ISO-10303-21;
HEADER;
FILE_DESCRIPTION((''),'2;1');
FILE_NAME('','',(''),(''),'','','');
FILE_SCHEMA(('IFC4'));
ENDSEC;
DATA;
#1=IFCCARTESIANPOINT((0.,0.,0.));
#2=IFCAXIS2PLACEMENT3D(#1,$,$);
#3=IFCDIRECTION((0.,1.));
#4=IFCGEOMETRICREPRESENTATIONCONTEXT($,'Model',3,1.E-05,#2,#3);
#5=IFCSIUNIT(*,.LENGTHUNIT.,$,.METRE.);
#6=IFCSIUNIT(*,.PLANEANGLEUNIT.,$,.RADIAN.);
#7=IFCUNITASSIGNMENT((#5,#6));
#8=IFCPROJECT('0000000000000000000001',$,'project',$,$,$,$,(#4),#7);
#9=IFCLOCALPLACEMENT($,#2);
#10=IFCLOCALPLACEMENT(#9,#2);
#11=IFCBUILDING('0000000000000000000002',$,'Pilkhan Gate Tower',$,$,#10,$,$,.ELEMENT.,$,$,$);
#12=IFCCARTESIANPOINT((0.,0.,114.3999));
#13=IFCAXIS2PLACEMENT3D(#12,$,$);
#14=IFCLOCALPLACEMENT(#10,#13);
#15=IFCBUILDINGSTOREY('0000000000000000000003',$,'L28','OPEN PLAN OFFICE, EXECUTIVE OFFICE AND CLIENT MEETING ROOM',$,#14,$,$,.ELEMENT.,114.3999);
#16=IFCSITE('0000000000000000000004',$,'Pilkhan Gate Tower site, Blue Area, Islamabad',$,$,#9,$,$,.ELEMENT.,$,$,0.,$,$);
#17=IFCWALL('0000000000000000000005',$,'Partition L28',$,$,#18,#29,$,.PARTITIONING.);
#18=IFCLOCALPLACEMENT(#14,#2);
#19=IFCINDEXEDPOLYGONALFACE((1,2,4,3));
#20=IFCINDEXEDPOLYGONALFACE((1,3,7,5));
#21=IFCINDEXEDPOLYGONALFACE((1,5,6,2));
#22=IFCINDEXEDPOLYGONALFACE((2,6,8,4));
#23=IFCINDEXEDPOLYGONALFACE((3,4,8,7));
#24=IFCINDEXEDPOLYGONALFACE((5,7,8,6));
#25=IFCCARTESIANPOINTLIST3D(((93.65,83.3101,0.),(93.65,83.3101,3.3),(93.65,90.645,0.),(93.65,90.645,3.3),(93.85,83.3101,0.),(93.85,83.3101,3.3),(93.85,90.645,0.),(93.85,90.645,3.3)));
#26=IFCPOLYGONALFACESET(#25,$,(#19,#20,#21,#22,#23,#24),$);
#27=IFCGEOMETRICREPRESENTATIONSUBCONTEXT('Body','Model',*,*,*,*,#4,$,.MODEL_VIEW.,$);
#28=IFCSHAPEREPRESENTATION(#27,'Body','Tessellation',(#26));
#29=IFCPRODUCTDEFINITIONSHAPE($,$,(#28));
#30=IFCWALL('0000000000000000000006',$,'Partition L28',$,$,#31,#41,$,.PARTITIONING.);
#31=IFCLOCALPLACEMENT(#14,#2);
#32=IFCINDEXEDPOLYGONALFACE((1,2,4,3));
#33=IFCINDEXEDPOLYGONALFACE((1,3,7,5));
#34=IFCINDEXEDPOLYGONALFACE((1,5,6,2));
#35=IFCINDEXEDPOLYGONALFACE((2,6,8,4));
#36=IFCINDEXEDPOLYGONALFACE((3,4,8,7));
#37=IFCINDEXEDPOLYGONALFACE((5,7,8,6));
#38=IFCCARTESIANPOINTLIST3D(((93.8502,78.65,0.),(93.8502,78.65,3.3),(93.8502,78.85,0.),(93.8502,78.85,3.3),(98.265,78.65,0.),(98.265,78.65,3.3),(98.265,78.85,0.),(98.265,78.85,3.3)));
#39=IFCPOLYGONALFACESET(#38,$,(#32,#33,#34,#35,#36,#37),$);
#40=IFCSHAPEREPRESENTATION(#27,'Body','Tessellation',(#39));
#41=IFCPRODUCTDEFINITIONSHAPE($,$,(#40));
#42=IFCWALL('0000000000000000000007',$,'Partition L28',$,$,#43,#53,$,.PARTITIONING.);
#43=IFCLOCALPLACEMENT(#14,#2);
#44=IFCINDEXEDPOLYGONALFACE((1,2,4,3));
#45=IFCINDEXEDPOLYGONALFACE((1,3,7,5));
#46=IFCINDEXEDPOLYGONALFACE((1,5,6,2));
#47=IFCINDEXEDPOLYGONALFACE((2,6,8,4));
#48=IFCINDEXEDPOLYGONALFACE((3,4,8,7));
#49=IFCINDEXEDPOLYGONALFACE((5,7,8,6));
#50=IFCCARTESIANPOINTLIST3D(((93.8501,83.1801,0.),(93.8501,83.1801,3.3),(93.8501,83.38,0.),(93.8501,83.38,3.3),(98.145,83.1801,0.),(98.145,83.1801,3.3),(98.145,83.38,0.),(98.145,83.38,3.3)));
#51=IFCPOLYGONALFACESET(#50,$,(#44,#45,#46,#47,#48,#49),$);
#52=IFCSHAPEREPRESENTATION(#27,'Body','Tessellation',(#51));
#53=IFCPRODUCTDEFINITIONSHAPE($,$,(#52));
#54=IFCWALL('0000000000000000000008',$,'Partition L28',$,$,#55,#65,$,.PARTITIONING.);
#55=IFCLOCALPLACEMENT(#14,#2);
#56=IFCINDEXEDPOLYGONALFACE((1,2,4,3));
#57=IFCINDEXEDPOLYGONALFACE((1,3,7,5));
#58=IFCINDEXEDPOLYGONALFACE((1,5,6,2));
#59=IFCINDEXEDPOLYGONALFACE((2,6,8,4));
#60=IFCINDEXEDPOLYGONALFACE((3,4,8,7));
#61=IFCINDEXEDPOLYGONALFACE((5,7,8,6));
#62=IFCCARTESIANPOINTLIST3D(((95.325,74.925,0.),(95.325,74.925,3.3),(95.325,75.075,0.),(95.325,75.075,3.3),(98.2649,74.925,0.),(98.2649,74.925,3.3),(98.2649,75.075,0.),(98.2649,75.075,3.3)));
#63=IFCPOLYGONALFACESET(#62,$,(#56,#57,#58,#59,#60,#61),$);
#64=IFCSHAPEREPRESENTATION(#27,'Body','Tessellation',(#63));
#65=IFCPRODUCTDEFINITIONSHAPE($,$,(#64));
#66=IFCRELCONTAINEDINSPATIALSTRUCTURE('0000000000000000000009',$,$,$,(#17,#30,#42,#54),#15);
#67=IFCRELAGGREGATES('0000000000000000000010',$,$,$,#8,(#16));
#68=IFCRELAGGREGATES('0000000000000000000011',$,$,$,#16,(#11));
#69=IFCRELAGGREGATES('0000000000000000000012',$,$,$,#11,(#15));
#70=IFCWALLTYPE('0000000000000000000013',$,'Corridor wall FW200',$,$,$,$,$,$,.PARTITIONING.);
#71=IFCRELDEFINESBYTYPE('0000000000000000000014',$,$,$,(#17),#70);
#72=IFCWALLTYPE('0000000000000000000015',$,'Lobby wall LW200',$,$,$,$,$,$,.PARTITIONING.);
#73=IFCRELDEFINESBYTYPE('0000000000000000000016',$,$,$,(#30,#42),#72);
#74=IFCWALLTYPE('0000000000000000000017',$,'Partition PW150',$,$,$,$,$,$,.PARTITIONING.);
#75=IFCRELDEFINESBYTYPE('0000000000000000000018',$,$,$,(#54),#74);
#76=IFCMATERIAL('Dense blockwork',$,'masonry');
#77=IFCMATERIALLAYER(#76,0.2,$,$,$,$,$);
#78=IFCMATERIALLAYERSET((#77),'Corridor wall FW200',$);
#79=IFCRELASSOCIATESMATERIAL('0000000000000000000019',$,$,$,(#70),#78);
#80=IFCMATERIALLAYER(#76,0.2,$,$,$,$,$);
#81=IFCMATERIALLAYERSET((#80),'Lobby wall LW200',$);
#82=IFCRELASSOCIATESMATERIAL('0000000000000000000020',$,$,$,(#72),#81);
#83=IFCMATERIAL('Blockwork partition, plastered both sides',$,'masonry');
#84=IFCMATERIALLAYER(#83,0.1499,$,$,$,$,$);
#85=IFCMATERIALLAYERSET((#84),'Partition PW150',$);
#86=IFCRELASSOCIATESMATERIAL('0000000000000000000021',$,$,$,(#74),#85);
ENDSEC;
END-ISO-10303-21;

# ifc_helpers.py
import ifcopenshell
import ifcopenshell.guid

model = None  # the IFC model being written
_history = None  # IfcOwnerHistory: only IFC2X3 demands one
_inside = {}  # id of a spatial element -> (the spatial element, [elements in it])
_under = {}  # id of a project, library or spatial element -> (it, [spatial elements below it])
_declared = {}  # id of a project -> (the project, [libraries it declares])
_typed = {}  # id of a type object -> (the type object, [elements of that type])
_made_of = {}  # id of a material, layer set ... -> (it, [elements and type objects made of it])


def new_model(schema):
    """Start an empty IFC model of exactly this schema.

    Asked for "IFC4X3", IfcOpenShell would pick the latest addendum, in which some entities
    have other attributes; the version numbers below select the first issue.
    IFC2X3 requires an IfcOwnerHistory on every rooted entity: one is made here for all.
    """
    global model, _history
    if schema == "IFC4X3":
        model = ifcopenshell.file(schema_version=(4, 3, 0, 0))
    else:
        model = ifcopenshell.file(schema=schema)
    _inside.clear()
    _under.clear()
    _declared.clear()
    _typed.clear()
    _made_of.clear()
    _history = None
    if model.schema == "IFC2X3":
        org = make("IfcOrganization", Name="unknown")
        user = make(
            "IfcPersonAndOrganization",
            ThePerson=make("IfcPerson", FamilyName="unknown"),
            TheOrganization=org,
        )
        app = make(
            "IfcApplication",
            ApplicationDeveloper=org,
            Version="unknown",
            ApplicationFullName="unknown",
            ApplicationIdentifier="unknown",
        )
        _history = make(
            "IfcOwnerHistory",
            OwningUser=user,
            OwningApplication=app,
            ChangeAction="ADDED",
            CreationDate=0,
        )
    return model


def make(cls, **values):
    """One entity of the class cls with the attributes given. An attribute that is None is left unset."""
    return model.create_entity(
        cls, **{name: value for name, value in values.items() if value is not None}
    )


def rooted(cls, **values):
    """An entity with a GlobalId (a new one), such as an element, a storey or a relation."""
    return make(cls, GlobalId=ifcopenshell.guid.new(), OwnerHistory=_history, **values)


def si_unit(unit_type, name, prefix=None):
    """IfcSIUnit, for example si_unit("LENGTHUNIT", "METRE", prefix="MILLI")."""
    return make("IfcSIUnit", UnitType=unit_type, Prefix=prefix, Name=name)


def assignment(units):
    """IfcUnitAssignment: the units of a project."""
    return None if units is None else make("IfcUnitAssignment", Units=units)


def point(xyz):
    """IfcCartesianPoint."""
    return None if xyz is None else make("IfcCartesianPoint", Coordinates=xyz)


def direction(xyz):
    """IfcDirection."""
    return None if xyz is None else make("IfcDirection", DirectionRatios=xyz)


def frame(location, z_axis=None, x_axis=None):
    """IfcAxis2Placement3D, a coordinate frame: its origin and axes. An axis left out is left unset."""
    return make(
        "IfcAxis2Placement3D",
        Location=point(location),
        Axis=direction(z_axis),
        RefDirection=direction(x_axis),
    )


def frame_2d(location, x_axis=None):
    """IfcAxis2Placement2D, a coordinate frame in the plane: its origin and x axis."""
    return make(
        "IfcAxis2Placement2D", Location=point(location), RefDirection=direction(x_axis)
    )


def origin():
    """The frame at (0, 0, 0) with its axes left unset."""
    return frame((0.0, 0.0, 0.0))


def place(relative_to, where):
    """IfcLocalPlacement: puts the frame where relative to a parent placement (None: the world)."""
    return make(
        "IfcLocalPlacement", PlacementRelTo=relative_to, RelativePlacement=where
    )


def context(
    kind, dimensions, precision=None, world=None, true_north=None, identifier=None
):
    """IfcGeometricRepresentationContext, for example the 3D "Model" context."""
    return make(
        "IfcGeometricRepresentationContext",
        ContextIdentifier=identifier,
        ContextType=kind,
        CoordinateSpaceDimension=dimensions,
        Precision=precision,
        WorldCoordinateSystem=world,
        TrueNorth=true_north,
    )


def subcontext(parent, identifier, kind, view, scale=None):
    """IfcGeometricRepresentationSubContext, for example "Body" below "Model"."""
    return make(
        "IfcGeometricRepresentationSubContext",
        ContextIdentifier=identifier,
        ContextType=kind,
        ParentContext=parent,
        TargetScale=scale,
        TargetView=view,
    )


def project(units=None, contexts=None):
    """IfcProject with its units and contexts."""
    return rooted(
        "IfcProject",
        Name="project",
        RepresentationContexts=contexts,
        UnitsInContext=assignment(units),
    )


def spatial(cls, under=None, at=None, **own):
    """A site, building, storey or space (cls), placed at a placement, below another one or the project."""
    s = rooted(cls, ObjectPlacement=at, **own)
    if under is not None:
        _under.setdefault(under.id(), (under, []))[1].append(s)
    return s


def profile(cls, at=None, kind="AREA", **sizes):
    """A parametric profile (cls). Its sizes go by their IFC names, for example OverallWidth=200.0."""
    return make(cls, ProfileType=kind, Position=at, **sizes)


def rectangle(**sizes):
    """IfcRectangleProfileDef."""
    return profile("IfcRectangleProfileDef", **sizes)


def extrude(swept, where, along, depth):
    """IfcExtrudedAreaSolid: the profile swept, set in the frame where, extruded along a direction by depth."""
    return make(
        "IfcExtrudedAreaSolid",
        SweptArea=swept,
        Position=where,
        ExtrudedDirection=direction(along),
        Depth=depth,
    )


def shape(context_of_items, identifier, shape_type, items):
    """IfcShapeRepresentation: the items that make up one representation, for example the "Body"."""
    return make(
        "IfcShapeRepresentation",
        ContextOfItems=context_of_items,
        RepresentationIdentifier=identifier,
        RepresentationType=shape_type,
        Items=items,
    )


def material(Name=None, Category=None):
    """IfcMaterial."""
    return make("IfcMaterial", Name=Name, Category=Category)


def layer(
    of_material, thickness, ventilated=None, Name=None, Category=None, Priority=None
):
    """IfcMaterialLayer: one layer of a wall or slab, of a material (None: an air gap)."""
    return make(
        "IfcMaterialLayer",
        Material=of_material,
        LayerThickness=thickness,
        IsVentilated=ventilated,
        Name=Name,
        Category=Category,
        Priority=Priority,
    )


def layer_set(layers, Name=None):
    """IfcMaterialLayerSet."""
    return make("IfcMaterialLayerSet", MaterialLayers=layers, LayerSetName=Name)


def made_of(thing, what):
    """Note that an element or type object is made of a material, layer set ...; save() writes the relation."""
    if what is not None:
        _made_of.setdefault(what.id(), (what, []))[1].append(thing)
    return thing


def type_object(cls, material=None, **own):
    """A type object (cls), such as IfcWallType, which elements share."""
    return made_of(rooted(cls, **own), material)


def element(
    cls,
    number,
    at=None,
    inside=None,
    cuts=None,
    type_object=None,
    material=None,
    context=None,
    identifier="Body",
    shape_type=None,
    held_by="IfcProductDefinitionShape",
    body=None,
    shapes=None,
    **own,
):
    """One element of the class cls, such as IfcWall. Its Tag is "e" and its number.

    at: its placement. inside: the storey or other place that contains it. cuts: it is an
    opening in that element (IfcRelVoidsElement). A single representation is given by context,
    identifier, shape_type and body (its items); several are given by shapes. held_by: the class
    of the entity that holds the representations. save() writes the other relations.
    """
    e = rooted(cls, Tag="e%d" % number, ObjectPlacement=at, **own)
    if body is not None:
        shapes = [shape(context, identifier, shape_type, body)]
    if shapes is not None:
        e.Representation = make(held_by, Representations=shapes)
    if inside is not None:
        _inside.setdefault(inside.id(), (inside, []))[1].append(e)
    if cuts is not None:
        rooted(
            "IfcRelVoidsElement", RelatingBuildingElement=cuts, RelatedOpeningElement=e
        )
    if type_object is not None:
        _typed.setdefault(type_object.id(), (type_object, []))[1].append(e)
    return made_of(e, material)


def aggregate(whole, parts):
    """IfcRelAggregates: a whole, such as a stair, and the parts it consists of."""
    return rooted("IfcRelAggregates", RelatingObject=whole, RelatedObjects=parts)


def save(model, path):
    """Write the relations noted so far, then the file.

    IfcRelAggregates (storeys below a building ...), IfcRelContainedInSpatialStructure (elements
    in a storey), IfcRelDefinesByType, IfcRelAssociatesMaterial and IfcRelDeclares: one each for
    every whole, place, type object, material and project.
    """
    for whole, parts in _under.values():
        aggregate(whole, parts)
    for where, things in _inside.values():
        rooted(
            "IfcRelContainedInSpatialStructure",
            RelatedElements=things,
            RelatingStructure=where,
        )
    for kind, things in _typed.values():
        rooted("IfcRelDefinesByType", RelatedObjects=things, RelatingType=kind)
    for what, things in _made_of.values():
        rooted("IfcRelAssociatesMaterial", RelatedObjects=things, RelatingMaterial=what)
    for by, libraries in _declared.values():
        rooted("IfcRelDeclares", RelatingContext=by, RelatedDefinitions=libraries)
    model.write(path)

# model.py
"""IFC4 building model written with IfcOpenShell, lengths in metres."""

from ifc_helpers import new_model, si_unit, direction, frame, frame_2d, origin, place, context, subcontext, project, spatial, rectangle, extrude, material, layer, layer_set, type_object, element, save


model = new_model("IFC4")

# Units and contexts
model_context = context("Model", 3, precision=1e-05, world=origin(), true_north=direction((0.0, 1.0)))
body_context = subcontext(model_context, "Body", "Model", "MODEL_VIEW")
ifc_project = project(units=[si_unit("LENGTHUNIT", "METRE"), si_unit("PLANEANGLEUNIT", "RADIAN")], contexts=[model_context])

# Site, building, storey
site_placement = place(None, origin())
site = spatial("IfcSite", under=ifc_project, at=site_placement, Name="Pilkhan Gate Tower site, Blue Area, Islamabad", CompositionType="ELEMENT", RefElevation=0.0)
building_placement = place(site_placement, origin())
building = spatial("IfcBuilding", under=site, at=building_placement, Name="Pilkhan Gate Tower", CompositionType="ELEMENT")
storey_placement = place(building_placement, frame((0.0, 0.0, 114.3999)))
storey = spatial("IfcBuildingStorey", under=building, at=storey_placement, Name="L28", Description="OPEN PLAN OFFICE, EXECUTIVE OFFICE AND CLIENT MEETING ROOM", CompositionType="ELEMENT", Elevation=114.3999)

# Walls
ifc_material_1 = material(Name="Dense blockwork", Category="masonry")
ifc_layer_1 = layer(ifc_material_1, 0.2)
ifc_layer_set_1 = layer_set([ifc_layer_1], Name="Corridor wall FW200")
wall_type_1 = type_object("IfcWallType", Name="Corridor wall FW200", PredefinedType="PARTITIONING", material=ifc_layer_set_1)
wall_1_placement = place(storey_placement, frame((93.75, 83.3101, 0.0), z_axis=(0.0, 0.0, 1.0), x_axis=(0.0, 1.0, 0.0)))
element("IfcWall", 1, at=wall_1_placement, inside=storey, type_object=wall_type_1, Name="Partition L28", PredefinedType="PARTITIONING", context=body_context, shape_type="SweptSolid", body=[
    extrude(rectangle(XDim=7.335, YDim=0.2, at=frame_2d((3.6675, 0.0))), origin(), (0.0, 0.0, 1.0), 3.3),
])
ifc_layer_2 = layer(ifc_material_1, 0.2)
ifc_layer_set_2 = layer_set([ifc_layer_2], Name="Lobby wall LW200")
wall_type_2 = type_object("IfcWallType", Name="Lobby wall LW200", PredefinedType="PARTITIONING", material=ifc_layer_set_2)
wall_2_placement = place(storey_placement, frame((93.8501, 78.75, 0.0), z_axis=(0.0, 0.0, 1.0), x_axis=(1.0, 0.0, 0.0)))
element("IfcWall", 2, at=wall_2_placement, inside=storey, type_object=wall_type_2, Name="Partition L28", PredefinedType="PARTITIONING", context=body_context, shape_type="SweptSolid", body=[
    extrude(rectangle(XDim=4.4148, YDim=0.2, at=frame_2d((2.2075, 0.0))), origin(), (0.0, 0.0, 1.0), 3.3),
])
wall_3_placement = place(storey_placement, frame((93.8501, 83.28, 0.0), z_axis=(0.0, 0.0, 1.0), x_axis=(1.0, 0.0, 0.0)))
element("IfcWall", 3, at=wall_3_placement, inside=storey, type_object=wall_type_2, Name="Partition L28", PredefinedType="PARTITIONING", context=body_context, shape_type="SweptSolid", body=[
    extrude(rectangle(XDim=4.2949, YDim=0.2, at=frame_2d((2.1475, 0.0))), origin(), (0.0, 0.0, 1.0), 3.3),
])

# Wall
ifc_material_2 = material(Name="Blockwork partition, plastered both sides", Category="masonry")
ifc_layer_3 = layer(ifc_material_2, 0.1499)
ifc_layer_set_3 = layer_set([ifc_layer_3], Name="Partition PW150")
wall_type_3 = type_object("IfcWallType", Name="Partition PW150", PredefinedType="PARTITIONING", material=ifc_layer_set_3)
wall_4_placement = place(storey_placement, frame((95.325, 75.0, 0.0), z_axis=(0.0, 0.0, 1.0), x_axis=(1.0, 0.0, 0.0)))
element("IfcWall", 4, at=wall_4_placement, inside=storey, type_object=wall_type_3, Name="Partition L28", PredefinedType="PARTITIONING", context=body_context, shape_type="SweptSolid", body=[
    extrude(rectangle(XDim=2.9399, YDim=0.1499, at=frame_2d((1.47, 0.0))), origin(), (0.0, 0.0, 1.0), 3.3),
])

save(model, "model.ifc")
